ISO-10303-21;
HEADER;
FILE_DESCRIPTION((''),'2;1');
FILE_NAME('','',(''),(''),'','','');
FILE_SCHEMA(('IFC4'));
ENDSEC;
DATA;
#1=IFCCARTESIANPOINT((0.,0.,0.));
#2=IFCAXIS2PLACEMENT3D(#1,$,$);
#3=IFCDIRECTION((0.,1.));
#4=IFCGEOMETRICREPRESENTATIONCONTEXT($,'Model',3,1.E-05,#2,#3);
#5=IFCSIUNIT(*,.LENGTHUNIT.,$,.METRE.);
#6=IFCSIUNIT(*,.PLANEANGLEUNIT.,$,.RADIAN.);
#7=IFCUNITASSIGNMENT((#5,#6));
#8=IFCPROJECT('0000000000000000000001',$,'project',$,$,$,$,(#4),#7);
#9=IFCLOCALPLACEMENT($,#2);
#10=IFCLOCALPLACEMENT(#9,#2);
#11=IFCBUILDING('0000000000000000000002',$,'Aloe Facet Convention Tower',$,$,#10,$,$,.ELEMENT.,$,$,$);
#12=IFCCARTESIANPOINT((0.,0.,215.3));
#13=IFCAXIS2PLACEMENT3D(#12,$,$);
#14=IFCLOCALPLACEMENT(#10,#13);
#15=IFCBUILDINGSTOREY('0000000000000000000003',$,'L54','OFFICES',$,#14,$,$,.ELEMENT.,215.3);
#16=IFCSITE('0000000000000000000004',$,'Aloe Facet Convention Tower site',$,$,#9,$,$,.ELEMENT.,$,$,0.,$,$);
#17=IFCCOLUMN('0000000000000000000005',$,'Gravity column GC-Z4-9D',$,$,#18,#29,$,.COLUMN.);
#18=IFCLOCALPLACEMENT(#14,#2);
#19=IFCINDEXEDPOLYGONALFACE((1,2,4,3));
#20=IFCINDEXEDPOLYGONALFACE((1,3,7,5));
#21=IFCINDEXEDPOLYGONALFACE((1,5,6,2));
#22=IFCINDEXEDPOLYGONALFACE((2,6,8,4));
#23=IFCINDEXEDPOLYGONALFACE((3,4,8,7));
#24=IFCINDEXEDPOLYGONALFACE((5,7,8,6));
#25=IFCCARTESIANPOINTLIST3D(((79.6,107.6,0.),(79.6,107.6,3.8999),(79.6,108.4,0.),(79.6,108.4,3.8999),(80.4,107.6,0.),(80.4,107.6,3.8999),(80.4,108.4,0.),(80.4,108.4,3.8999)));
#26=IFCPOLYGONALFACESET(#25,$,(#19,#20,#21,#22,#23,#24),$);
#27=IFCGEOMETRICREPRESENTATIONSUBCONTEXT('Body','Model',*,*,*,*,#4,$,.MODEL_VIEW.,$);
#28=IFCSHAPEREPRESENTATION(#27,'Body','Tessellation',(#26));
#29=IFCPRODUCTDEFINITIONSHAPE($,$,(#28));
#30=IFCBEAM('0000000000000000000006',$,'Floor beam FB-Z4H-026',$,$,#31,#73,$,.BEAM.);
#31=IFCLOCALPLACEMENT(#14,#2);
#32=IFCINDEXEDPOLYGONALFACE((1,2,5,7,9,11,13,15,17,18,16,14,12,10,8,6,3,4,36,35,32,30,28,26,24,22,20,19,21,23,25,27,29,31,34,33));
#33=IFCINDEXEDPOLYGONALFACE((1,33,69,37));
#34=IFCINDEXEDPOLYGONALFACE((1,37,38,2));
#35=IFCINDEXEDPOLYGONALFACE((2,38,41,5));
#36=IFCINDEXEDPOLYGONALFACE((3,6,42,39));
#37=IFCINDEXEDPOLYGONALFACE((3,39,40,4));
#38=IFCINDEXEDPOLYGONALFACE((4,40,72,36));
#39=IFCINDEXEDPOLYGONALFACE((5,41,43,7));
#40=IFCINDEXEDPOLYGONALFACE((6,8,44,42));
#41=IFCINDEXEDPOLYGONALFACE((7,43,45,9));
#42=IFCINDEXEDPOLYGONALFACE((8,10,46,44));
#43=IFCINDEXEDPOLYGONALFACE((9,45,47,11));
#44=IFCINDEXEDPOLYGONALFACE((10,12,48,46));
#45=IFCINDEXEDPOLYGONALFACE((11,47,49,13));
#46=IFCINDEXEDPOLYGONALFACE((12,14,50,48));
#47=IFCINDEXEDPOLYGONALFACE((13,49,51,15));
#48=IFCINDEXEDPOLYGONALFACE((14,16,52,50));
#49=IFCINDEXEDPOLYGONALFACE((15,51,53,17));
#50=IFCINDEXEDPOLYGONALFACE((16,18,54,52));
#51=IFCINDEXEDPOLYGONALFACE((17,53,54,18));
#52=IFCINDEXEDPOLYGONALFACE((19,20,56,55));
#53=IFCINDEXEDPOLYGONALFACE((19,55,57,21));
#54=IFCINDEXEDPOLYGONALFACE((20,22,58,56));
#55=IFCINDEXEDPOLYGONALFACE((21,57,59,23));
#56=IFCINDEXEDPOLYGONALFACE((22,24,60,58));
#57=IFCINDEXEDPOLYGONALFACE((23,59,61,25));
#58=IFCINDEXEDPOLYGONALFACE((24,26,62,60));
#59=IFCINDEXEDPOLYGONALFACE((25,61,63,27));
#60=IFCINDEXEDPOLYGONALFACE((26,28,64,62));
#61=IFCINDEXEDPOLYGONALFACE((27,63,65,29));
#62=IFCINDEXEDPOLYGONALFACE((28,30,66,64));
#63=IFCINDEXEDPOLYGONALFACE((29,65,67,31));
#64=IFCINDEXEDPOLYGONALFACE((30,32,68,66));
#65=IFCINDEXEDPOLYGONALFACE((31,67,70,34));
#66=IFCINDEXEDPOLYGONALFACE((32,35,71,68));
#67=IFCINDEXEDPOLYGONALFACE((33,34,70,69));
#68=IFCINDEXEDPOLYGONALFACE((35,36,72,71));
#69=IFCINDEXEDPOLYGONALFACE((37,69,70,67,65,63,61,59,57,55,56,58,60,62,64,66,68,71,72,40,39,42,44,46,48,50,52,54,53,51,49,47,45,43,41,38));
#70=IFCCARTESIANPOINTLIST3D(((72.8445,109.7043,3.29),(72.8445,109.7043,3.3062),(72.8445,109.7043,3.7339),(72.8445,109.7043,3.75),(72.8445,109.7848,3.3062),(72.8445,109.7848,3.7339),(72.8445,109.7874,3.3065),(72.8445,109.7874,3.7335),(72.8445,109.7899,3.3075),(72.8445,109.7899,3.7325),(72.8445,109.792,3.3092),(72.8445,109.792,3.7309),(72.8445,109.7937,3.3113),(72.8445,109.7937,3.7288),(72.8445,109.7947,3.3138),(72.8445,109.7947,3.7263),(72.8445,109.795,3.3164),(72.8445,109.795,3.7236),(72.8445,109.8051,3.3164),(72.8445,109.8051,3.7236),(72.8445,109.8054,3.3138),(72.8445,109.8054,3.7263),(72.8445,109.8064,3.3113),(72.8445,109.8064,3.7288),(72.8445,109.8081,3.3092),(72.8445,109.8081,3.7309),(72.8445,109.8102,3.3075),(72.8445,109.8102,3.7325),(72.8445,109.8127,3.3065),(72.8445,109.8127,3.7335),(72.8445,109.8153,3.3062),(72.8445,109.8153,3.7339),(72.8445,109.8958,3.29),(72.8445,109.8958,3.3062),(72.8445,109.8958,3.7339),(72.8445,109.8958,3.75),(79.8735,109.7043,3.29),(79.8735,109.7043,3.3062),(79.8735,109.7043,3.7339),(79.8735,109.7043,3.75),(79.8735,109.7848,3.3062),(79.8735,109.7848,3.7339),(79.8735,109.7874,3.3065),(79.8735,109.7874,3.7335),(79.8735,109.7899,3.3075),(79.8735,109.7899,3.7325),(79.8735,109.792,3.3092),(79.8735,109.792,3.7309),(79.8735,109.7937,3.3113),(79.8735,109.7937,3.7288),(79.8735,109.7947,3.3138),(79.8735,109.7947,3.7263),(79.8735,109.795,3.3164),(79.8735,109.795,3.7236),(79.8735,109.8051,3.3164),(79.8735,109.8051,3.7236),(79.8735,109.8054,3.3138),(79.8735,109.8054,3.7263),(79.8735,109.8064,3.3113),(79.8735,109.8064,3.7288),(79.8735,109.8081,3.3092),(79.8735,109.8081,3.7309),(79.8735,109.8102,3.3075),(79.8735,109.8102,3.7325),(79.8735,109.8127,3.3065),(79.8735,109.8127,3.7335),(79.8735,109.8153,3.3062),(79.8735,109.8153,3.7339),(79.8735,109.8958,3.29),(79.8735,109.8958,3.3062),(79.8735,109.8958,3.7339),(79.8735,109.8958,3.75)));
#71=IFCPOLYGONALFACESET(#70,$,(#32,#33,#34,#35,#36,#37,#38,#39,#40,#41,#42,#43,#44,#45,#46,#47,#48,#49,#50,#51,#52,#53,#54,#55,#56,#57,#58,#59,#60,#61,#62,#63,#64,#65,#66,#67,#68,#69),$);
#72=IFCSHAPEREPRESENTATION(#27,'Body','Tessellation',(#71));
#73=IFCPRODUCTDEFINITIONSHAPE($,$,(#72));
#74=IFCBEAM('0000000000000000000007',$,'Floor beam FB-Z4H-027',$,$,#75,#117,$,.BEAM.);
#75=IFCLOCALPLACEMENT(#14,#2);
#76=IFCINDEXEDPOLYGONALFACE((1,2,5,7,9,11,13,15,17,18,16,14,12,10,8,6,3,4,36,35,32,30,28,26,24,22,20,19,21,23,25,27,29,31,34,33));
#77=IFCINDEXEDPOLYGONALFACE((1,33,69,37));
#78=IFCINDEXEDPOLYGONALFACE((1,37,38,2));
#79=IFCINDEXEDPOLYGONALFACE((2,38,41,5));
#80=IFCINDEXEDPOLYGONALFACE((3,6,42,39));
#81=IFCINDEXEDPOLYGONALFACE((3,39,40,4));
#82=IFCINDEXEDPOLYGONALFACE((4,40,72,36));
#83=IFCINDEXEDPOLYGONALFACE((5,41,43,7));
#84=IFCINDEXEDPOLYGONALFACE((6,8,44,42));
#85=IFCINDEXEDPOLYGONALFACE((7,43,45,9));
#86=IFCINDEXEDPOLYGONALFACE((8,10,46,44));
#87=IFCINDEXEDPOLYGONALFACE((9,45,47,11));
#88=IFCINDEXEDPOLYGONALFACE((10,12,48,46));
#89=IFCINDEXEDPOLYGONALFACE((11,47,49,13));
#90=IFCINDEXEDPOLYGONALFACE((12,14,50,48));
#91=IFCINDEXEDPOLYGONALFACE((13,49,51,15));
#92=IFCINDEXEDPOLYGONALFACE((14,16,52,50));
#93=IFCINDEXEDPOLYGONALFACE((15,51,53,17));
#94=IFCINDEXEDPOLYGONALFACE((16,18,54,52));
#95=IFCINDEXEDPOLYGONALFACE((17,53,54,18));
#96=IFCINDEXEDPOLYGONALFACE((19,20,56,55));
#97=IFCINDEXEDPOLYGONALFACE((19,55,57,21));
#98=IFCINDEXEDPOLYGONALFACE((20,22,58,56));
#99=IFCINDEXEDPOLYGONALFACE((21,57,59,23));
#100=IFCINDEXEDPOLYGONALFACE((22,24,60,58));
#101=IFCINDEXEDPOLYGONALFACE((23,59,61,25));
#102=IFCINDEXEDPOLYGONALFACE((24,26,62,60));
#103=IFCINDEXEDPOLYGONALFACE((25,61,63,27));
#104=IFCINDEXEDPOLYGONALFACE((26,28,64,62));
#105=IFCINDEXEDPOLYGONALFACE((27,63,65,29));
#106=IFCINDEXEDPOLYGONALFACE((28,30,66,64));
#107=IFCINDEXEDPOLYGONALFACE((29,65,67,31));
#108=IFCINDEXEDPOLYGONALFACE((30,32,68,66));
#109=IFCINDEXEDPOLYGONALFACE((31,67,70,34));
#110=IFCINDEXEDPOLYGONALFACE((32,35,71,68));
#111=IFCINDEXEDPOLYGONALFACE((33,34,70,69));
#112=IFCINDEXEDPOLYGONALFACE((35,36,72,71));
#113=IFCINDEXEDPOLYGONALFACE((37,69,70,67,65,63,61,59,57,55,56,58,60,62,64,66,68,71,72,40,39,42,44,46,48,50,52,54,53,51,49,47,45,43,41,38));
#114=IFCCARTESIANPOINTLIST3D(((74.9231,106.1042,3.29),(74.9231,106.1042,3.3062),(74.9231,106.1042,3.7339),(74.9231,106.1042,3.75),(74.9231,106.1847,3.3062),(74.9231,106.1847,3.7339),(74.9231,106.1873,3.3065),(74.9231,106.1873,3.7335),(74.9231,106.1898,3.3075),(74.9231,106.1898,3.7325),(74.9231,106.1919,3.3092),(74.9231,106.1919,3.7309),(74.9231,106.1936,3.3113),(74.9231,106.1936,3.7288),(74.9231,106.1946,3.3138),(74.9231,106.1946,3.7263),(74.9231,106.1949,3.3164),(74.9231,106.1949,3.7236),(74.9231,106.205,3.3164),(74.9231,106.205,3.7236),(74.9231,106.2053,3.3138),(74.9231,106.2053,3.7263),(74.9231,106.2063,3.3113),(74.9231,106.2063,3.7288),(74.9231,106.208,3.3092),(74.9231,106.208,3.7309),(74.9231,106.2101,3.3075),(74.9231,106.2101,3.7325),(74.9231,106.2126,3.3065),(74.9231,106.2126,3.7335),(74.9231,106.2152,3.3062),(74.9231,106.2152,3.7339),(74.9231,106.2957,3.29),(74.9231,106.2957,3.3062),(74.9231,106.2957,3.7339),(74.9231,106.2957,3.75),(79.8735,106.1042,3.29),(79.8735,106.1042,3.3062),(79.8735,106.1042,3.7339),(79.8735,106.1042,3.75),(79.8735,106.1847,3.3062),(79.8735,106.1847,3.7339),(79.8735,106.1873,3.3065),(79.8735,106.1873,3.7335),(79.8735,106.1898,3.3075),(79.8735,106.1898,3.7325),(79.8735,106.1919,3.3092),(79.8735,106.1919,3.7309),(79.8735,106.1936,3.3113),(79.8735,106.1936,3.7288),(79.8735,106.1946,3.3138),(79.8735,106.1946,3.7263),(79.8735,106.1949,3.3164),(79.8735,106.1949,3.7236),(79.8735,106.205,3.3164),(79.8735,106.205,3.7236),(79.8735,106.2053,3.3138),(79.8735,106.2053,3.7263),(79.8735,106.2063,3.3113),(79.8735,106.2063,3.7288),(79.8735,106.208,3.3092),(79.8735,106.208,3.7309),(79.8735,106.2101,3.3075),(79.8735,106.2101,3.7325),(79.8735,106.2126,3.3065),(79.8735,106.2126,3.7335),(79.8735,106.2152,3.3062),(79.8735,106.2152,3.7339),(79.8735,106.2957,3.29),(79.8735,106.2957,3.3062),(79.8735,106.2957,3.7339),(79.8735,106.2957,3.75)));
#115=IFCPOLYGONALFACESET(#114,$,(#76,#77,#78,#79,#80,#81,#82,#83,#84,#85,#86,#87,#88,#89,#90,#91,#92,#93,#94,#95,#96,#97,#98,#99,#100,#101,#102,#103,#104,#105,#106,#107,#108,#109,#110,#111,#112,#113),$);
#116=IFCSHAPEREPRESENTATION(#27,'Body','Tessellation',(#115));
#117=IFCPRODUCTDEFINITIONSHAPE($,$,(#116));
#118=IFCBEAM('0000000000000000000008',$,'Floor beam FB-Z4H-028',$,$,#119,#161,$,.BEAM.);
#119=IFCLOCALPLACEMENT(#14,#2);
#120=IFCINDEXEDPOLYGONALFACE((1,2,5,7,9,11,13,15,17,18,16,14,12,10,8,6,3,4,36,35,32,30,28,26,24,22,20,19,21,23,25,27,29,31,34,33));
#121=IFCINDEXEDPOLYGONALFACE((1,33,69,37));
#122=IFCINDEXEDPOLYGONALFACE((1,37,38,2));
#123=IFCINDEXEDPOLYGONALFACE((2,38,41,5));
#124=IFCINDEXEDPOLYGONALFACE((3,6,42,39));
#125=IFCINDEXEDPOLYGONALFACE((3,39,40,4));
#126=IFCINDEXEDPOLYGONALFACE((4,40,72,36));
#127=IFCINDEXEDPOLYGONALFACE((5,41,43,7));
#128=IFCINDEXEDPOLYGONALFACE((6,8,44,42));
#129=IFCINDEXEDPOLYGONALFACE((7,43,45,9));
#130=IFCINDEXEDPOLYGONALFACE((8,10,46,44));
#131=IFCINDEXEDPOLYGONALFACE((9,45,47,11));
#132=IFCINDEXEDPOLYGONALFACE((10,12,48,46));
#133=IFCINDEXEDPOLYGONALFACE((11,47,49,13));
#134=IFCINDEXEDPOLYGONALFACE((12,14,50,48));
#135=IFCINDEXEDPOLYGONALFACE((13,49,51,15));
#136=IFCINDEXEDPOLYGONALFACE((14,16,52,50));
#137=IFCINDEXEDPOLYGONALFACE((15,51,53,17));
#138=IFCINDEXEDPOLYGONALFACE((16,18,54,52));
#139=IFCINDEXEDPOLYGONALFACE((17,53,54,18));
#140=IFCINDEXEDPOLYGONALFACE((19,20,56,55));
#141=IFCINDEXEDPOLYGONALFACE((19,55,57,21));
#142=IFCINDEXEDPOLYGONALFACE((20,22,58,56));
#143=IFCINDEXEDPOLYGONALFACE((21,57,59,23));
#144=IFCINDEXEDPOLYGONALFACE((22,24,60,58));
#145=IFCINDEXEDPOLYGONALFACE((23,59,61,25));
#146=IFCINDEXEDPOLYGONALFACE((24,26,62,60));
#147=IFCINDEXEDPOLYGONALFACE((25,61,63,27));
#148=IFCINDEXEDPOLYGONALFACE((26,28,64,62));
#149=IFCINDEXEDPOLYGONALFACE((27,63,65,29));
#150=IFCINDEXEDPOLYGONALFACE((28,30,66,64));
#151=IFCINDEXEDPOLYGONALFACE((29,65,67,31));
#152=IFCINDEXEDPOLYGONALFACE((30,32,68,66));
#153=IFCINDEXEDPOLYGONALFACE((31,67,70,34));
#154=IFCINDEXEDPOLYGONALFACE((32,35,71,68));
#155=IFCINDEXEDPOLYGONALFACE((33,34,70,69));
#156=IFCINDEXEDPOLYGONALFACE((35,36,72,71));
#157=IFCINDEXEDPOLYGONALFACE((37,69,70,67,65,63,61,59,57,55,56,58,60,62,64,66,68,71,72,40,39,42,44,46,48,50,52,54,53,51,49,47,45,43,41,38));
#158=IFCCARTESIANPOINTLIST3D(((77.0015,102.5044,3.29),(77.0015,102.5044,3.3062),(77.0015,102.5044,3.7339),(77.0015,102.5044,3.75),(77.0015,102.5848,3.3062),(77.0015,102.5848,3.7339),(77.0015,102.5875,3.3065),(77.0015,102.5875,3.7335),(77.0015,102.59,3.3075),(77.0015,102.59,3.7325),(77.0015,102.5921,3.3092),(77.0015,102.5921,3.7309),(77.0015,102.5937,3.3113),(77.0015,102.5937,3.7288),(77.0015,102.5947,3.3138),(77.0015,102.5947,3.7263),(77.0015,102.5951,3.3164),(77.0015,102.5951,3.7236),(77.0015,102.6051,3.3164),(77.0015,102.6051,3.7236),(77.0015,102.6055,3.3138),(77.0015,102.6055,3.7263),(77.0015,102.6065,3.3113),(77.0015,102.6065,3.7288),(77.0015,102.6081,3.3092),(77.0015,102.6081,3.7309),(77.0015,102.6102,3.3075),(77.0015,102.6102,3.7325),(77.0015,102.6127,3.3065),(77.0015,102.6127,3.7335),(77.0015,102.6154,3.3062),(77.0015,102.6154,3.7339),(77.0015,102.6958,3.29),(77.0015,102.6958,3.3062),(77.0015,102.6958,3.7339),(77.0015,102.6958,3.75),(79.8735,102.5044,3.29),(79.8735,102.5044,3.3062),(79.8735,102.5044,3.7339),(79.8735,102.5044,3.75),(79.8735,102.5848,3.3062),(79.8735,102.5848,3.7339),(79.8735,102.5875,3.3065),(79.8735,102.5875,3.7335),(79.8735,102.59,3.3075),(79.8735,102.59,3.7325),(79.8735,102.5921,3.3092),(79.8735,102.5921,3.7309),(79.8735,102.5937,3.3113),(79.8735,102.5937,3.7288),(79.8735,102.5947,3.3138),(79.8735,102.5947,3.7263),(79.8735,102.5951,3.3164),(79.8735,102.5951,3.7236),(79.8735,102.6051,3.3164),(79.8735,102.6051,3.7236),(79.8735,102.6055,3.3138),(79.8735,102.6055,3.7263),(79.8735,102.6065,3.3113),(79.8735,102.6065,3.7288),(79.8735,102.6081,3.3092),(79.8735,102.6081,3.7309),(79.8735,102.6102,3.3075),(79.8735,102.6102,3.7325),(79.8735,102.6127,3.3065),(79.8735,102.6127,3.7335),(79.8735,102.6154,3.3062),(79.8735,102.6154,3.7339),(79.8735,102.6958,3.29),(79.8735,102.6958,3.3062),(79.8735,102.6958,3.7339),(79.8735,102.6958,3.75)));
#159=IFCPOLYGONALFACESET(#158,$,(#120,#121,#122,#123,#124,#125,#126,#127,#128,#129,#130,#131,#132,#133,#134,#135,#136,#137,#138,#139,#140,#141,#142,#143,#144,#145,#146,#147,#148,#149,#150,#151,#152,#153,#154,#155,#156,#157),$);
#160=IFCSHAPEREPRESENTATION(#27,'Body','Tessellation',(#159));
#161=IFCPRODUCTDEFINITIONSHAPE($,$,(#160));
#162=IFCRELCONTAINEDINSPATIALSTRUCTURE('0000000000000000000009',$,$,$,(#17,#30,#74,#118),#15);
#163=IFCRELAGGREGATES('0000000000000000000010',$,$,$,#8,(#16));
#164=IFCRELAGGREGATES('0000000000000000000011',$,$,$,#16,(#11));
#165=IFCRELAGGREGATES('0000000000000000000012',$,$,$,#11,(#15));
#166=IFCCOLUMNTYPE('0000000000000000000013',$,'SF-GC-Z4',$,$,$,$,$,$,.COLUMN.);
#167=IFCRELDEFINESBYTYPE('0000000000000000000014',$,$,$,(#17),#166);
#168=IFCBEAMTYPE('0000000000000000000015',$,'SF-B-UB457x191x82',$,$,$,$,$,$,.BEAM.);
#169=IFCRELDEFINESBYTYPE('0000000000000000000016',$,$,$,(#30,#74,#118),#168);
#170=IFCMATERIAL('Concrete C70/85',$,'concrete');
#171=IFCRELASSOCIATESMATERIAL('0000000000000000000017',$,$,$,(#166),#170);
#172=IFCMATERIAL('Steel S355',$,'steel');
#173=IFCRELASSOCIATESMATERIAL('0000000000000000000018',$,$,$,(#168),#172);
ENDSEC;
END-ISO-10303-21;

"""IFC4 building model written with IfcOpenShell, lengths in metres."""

from ifc_helpers import new_model, si_unit, direction, frame, origin, origin_2d, place, context, subcontext, project, spatial, rectangle, i_section, extrude, material, material_profile, profile_set, type_object, element, save


model = new_model("IFC4")

# Units and contexts
model_context = context("Model", 3, precision=1e-05, world=origin(), true_north=direction((0.0, 1.0)))
body_context = subcontext(model_context, "Body", "Model", "MODEL_VIEW")
ifc_project = project(units=[si_unit("LENGTHUNIT", "METRE"), si_unit("PLANEANGLEUNIT", "RADIAN")], contexts=[model_context])

# Site, building, storey
site_placement = place(None, origin())
site = spatial("IfcSite", under=ifc_project, at=site_placement, Name="Aloe Facet Convention Tower site", CompositionType="ELEMENT", RefElevation=0.0)
building_placement = place(site_placement, origin())
building = spatial("IfcBuilding", under=site, at=building_placement, Name="Aloe Facet Convention Tower", CompositionType="ELEMENT")
storey_placement = place(building_placement, frame((0.0, 0.0, 215.3)))
storey = spatial("IfcBuildingStorey", under=building, at=storey_placement, Name="L54", Description="OFFICES", CompositionType="ELEMENT", Elevation=215.3)

# Column
ifc_material_1 = material(Name="Concrete C70/85", Category="concrete")
ifc_material_profile_1 = material_profile(ifc_material_1, rectangle(XDim=0.8, YDim=0.8, at=origin_2d()), Name="SF-GC-Z4")
ifc_profile_set_1 = profile_set([ifc_material_profile_1], Name="Concrete C70/85")
column_type = type_object("IfcColumnType", Name="SF-GC-Z4", PredefinedType="COLUMN", material=ifc_profile_set_1)
column_placement = place(storey_placement, frame((80.0, 108.0, 0.0), z_axis=(0.0, 0.0, 1.0), x_axis=(1.0, 0.0, 0.0)))
element("IfcColumn", 1, at=column_placement, inside=storey, type_object=column_type, Name="Gravity column GC-Z4-9D", PredefinedType="COLUMN", context=body_context, shape_type="SweptSolid", body=[
    extrude(rectangle(XDim=0.8, YDim=0.8, at=origin_2d()), origin(), (0.0, 0.0, 1.0), 3.8999),
])

# Beams
ifc_material_2 = material(Name="Steel S355", Category="steel")
ifc_material_profile_2 = material_profile(ifc_material_2, i_section(OverallWidth=0.1914, OverallDepth=0.46, WebThickness=0.01, FlangeThickness=0.0161, FilletRadius=0.0103, at=origin_2d()), Name="UB 457x191x82")
ifc_profile_set_2 = profile_set([ifc_material_profile_2], Name="Steel S355")
beam_type_1 = type_object("IfcBeamType", Name="SF-B-UB457x191x82", PredefinedType="BEAM", material=ifc_profile_set_2)
beam_1_placement = place(storey_placement, frame((72.8445, 109.8, 3.52), z_axis=(1.0, 0.0, 0.0), x_axis=(0.0, 1.0, 0.0)))
element("IfcBeam", 2, at=beam_1_placement, inside=storey, type_object=beam_type_1, Name="Floor beam FB-Z4H-026", PredefinedType="BEAM", context=body_context, shape_type="SweptSolid", body=[
    extrude(i_section(OverallWidth=0.1914, OverallDepth=0.46, WebThickness=0.01, FlangeThickness=0.0161, FilletRadius=0.0103, at=origin_2d()), origin(), (0.0, 0.0, 1.0), 7.0291),
])
beam_2_placement = place(storey_placement, frame((74.9231, 106.2, 3.52), z_axis=(1.0, 0.0, 0.0), x_axis=(0.0, 1.0, 0.0)))
element("IfcBeam", 3, at=beam_2_placement, inside=storey, type_object=beam_type_1, Name="Floor beam FB-Z4H-027", PredefinedType="BEAM", context=body_context, shape_type="SweptSolid", body=[
    extrude(i_section(OverallWidth=0.1914, OverallDepth=0.46, WebThickness=0.01, FlangeThickness=0.0161, FilletRadius=0.0103, at=origin_2d()), origin(), (0.0, 0.0, 1.0), 4.9504),
])
for number, where, z_axis, x_axis, name in (
    (4, (77.0015, 102.6001, 3.52), (1.0, 0.0, 0.0), (0.0, 1.0, 0.0), "Floor beam FB-Z4H-028"),
):
    element("IfcBeam", number, at=place(storey_placement, frame(where, z_axis=z_axis, x_axis=x_axis)), inside=storey, type_object=beam_type_1, Name=name, PredefinedType="BEAM", context=body_context, shape_type="SweptSolid", body=[
        extrude(i_section(OverallWidth=0.1914, OverallDepth=0.46, WebThickness=0.01, FlangeThickness=0.0161, FilletRadius=0.0103, at=origin_2d()), origin(), (0.0, 0.0, 1.0), 2.8721),
    ])

save(model, "model.ifc")
